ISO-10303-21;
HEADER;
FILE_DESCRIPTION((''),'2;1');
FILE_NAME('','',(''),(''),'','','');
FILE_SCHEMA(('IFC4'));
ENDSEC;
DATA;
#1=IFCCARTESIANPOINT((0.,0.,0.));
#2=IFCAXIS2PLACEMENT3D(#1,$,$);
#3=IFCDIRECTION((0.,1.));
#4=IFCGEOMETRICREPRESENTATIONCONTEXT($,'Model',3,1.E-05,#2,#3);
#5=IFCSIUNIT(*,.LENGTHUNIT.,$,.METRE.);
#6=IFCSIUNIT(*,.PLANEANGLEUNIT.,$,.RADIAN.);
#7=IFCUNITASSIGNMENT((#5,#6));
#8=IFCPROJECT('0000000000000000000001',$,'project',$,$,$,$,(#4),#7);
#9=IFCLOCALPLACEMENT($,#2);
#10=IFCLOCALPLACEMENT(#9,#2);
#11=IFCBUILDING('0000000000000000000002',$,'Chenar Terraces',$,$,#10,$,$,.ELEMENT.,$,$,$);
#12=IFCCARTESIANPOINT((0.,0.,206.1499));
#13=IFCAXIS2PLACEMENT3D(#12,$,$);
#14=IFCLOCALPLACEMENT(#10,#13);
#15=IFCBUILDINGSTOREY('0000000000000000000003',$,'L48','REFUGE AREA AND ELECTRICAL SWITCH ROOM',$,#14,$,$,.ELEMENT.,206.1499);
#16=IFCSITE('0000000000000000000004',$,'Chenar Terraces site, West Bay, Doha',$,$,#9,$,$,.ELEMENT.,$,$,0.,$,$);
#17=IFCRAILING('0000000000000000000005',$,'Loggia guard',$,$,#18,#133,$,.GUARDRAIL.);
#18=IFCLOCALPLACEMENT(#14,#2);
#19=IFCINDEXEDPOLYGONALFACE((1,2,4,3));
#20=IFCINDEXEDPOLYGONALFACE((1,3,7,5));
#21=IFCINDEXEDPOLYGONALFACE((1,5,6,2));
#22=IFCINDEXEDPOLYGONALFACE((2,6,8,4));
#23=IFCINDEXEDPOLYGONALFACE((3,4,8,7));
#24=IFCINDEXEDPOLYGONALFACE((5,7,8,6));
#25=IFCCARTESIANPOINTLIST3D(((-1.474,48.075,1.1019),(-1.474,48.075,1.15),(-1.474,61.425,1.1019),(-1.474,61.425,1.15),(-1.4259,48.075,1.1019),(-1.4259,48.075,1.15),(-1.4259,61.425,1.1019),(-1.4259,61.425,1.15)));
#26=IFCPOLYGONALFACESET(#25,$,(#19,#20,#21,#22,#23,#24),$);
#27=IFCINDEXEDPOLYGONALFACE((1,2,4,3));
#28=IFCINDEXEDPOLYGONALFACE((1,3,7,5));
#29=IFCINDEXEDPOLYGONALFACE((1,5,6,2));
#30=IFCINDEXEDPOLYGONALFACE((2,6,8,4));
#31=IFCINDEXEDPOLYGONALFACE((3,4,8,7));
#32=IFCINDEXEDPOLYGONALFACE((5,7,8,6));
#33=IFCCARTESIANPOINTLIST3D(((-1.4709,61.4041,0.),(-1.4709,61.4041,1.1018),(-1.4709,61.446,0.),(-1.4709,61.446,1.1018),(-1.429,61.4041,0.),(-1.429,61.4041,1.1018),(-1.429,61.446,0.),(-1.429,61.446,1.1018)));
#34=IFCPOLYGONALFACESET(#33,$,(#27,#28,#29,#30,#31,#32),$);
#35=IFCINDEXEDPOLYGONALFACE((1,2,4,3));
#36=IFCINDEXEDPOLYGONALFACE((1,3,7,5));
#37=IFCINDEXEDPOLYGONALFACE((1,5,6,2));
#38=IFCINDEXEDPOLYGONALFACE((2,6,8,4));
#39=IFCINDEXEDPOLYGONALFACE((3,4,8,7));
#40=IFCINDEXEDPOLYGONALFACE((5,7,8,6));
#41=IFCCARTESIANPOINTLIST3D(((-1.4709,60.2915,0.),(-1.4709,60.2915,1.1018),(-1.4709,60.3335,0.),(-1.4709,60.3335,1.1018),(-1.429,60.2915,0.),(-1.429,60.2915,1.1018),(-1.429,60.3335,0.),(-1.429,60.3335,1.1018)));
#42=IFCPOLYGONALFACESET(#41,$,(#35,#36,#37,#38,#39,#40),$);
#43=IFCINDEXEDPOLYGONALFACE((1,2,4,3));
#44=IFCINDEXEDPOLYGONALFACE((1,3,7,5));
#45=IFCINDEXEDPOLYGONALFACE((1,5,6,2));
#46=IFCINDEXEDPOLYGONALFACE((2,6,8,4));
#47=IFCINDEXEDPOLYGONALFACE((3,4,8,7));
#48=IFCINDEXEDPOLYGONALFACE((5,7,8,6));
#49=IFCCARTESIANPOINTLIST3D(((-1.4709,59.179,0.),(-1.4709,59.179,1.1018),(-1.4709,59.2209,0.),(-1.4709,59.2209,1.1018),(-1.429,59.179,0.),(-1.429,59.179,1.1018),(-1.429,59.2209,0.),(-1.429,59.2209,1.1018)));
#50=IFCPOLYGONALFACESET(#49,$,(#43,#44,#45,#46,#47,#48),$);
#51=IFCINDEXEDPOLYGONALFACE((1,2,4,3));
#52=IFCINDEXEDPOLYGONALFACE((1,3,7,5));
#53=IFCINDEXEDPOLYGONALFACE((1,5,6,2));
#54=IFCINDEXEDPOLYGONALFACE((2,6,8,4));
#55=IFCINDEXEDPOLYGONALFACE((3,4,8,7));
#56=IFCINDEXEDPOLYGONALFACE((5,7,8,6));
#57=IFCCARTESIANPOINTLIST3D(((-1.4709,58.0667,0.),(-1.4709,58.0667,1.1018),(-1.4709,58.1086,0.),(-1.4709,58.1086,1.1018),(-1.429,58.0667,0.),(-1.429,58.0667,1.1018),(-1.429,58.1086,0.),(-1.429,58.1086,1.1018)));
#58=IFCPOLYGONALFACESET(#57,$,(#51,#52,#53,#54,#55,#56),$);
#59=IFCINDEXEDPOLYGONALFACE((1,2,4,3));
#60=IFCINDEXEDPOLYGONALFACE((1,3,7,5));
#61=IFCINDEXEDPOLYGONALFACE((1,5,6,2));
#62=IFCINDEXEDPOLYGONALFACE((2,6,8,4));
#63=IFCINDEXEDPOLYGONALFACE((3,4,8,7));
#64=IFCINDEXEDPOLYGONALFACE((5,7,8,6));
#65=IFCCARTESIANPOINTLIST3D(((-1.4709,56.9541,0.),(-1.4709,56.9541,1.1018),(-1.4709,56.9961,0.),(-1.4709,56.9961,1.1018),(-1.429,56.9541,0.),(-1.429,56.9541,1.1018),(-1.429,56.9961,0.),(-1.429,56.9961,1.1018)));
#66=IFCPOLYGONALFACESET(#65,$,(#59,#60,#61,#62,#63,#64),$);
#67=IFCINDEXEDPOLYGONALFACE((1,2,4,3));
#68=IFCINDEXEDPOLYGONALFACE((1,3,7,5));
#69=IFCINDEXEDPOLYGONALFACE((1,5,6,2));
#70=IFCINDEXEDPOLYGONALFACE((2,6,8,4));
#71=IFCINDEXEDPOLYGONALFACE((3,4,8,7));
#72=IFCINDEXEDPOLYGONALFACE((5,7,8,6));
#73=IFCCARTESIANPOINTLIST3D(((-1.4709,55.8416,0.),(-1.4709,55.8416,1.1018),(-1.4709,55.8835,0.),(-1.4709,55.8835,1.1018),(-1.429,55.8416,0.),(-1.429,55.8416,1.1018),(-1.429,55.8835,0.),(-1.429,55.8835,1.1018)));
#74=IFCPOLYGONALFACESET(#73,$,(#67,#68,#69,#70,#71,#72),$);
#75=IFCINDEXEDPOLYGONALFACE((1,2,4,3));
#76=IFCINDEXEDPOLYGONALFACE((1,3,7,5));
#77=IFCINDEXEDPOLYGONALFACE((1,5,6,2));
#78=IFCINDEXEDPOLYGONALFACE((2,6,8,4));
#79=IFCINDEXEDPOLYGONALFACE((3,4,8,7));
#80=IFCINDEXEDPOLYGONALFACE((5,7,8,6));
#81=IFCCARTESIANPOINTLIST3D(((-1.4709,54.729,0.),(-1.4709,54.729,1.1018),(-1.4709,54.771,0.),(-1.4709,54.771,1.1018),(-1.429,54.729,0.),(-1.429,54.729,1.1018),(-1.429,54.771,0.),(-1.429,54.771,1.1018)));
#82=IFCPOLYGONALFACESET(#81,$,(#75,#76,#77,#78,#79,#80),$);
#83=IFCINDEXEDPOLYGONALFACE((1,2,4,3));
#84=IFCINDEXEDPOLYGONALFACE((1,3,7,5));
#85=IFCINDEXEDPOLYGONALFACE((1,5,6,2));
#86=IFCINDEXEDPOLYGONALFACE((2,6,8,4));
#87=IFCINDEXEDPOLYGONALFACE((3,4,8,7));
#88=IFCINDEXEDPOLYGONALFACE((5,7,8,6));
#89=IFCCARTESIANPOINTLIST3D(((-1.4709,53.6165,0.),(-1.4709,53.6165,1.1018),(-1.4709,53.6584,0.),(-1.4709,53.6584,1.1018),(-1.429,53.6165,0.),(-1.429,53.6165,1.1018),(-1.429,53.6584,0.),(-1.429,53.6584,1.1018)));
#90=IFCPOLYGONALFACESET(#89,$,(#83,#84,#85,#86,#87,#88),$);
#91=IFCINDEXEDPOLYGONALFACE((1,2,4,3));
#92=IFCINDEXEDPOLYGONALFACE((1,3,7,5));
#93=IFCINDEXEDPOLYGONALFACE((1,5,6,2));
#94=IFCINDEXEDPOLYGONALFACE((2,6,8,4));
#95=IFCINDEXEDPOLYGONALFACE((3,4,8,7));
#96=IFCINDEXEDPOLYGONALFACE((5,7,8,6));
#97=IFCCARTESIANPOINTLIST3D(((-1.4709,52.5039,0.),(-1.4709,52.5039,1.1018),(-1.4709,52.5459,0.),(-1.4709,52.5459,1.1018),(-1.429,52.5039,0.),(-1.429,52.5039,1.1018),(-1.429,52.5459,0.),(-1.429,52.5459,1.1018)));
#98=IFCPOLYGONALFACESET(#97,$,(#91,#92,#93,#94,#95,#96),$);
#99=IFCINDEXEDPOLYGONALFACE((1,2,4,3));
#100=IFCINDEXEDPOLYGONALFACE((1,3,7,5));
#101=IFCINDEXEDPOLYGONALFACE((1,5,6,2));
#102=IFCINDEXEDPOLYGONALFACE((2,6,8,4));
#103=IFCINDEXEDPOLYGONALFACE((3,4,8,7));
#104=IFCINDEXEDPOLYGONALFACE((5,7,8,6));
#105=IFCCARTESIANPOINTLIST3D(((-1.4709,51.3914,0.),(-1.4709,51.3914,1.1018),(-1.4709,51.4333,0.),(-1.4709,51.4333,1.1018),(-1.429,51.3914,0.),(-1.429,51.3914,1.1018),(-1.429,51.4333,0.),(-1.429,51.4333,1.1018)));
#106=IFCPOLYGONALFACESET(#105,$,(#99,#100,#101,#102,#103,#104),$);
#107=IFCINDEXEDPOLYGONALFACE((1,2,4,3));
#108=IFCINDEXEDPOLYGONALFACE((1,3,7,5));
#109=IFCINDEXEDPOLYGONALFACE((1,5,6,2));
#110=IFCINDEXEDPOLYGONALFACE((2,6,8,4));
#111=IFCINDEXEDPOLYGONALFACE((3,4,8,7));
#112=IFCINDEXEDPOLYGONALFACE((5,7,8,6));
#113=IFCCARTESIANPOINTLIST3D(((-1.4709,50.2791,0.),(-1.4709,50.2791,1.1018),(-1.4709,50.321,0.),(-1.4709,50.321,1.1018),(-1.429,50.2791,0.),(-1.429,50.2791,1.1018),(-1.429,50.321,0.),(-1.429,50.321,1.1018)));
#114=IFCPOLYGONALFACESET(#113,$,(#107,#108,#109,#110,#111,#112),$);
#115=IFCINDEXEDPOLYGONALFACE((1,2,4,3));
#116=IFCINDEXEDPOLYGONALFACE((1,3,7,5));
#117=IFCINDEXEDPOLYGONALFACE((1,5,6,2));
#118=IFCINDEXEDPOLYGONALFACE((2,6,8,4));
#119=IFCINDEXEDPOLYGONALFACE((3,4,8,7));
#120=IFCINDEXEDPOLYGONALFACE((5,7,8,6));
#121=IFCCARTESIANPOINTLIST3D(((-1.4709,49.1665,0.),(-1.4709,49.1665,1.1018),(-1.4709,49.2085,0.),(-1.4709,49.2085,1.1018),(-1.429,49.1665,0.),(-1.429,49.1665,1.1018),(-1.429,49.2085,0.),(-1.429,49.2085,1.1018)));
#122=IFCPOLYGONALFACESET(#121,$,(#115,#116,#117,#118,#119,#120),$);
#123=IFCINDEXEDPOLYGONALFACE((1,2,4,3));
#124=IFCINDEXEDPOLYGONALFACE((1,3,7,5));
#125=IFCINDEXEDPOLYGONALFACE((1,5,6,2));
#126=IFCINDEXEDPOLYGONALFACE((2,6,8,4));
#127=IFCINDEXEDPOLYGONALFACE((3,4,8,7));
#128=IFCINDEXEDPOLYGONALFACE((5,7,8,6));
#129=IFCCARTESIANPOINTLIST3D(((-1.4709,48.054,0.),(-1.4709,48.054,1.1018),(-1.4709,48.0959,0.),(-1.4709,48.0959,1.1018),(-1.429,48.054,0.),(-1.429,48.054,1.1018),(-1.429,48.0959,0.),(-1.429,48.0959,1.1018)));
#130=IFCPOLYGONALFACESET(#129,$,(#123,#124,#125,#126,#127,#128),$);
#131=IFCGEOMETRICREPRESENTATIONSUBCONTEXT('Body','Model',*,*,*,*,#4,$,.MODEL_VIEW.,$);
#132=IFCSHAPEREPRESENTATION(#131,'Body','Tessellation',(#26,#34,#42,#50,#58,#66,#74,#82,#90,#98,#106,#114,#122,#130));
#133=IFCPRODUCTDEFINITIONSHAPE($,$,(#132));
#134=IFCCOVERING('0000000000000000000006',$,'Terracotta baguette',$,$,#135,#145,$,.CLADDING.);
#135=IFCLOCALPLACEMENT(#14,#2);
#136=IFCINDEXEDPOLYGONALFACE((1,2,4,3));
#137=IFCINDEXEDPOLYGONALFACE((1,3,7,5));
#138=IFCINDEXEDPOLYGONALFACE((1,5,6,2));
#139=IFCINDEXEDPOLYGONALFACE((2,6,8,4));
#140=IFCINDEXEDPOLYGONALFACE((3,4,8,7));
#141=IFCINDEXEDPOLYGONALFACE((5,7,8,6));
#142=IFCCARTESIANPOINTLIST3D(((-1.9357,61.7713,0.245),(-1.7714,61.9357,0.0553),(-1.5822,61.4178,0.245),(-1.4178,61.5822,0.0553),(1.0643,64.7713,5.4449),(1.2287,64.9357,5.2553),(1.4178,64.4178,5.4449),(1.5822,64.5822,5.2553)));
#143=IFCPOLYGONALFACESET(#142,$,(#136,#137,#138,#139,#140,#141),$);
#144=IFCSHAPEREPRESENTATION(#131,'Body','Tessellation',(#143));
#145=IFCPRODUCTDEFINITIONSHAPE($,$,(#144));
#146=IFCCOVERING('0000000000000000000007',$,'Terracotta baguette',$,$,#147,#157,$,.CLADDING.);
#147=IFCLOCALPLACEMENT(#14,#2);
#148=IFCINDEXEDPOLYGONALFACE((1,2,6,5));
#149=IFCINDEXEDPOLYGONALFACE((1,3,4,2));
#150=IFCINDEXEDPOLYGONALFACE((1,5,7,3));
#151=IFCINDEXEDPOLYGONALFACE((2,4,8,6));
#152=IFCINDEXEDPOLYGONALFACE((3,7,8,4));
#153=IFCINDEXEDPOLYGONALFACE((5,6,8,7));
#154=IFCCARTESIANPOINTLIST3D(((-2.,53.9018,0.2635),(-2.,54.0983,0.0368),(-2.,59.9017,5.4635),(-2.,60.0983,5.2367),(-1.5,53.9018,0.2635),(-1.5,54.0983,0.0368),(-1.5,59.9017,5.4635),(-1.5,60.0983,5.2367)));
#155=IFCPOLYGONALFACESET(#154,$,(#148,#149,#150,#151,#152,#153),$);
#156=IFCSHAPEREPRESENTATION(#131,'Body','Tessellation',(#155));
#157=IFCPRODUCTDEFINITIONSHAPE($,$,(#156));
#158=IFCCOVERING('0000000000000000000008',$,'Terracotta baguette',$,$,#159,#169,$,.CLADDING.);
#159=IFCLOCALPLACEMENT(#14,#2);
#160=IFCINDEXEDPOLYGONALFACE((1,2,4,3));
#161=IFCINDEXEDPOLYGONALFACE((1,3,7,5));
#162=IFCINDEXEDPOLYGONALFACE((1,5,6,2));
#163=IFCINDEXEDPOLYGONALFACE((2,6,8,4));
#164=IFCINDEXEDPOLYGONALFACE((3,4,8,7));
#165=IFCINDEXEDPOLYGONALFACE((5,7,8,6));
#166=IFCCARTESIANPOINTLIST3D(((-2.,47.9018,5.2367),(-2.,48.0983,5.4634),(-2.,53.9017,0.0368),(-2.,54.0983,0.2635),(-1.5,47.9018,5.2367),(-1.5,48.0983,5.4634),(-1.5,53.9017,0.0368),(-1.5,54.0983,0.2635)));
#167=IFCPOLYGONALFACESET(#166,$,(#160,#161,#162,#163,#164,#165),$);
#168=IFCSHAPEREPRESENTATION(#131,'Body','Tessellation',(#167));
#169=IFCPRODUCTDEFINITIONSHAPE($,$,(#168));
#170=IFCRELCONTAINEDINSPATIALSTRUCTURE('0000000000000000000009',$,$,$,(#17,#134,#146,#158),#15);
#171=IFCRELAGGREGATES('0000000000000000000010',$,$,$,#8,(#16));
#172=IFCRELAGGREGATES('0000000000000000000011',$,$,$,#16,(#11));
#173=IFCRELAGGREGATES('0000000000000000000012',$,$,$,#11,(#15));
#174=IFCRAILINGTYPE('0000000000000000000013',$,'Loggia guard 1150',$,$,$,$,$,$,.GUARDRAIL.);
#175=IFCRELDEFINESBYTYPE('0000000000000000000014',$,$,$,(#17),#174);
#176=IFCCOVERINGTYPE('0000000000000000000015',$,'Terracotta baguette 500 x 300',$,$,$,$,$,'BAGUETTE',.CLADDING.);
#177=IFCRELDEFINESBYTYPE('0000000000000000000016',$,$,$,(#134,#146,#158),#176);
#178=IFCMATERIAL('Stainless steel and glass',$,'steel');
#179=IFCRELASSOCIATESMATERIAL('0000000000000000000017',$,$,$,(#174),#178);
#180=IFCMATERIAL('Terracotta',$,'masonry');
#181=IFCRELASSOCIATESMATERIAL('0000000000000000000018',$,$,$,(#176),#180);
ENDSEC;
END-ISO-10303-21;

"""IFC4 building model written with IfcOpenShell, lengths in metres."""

from ifc_helpers import new_model, si_unit, direction, frame, origin, origin_2d, place, context, subcontext, project, spatial, rectangle, extrude, material, material_profile, profile_set, type_object, element, save


model = new_model("IFC4")

# Units and contexts
model_context = context("Model", 3, precision=1e-05, world=origin(), true_north=direction((0.0, 1.0)))
body_context = subcontext(model_context, "Body", "Model", "MODEL_VIEW")
ifc_project = project(units=[si_unit("LENGTHUNIT", "METRE"), si_unit("PLANEANGLEUNIT", "RADIAN")], contexts=[model_context])

# Site, building, storey
site_placement = place(None, origin())
site = spatial("IfcSite", under=ifc_project, at=site_placement, Name="Chenar Terraces site, West Bay, Doha", CompositionType="ELEMENT", RefElevation=0.0)
building_placement = place(site_placement, origin())
building = spatial("IfcBuilding", under=site, at=building_placement, Name="Chenar Terraces", CompositionType="ELEMENT")
storey_placement = place(building_placement, frame((0.0, 0.0, 206.1499)))
storey = spatial("IfcBuildingStorey", under=building, at=storey_placement, Name="L48", Description="REFUGE AREA AND ELECTRICAL SWITCH ROOM", CompositionType="ELEMENT", Elevation=206.1499)

# Railing
ifc_material_1 = material(Name="Stainless steel and glass", Category="steel")
railing_type = type_object("IfcRailingType", Name="Loggia guard 1150", PredefinedType="GUARDRAIL", material=ifc_material_1)
railing_1_placement = place(storey_placement, frame((-1.45, 61.425, 0.0)))
element("IfcRailing", 1, at=railing_1_placement, inside=storey, type_object=railing_type, Name="Loggia guard", PredefinedType="GUARDRAIL", context=body_context, shape_type="SweptSolid", body=[
    extrude(rectangle(XDim=0.0481, YDim=0.0481, at=origin_2d()), frame((0.0, 0.0, 1.126), z_axis=(0.0, -1.0, 0.0), x_axis=(1.0, 0.0, 0.0)), (0.0, 0.0, 1.0), 13.3501),
    extrude(rectangle(XDim=0.042, YDim=0.042, at=origin_2d()), origin(), (0.0, 0.0, 1.0), 1.1018),
    extrude(rectangle(XDim=0.042, YDim=0.042, at=origin_2d()), frame((0.0, -1.1125, 0.0)), (0.0, 0.0, 1.0), 1.1018),
    extrude(rectangle(XDim=0.042, YDim=0.042, at=origin_2d()), frame((0.0, -2.2251, 0.0)), (0.0, 0.0, 1.0), 1.1018),
    extrude(rectangle(XDim=0.042, YDim=0.042, at=origin_2d()), frame((0.0, -3.3374, 0.0)), (0.0, 0.0, 1.0), 1.1018),
    extrude(rectangle(XDim=0.042, YDim=0.042, at=origin_2d()), frame((0.0, -4.45, 0.0)), (0.0, 0.0, 1.0), 1.1018),
    extrude(rectangle(XDim=0.042, YDim=0.042, at=origin_2d()), frame((0.0, -5.5625, 0.0)), (0.0, 0.0, 1.0), 1.1018),
    extrude(rectangle(XDim=0.042, YDim=0.042, at=origin_2d()), frame((0.0, -6.675, 0.0)), (0.0, 0.0, 1.0), 1.1018),
    extrude(rectangle(XDim=0.042, YDim=0.042, at=origin_2d()), frame((0.0, -7.7876, 0.0)), (0.0, 0.0, 1.0), 1.1018),
    extrude(rectangle(XDim=0.042, YDim=0.042, at=origin_2d()), frame((0.0, -8.9001, 0.0)), (0.0, 0.0, 1.0), 1.1018),
    extrude(rectangle(XDim=0.042, YDim=0.042, at=origin_2d()), frame((0.0, -10.0127, 0.0)), (0.0, 0.0, 1.0), 1.1018),
    extrude(rectangle(XDim=0.042, YDim=0.042, at=origin_2d()), frame((0.0, -11.125, 0.0)), (0.0, 0.0, 1.0), 1.1018),
    extrude(rectangle(XDim=0.042, YDim=0.042, at=origin_2d()), frame((0.0, -12.2375, 0.0)), (0.0, 0.0, 1.0), 1.1018),
    extrude(rectangle(XDim=0.042, YDim=0.042, at=origin_2d()), frame((0.0, -13.3501, 0.0)), (0.0, 0.0, 1.0), 1.1018),
])

# Coverings
ifc_material_2 = material(Name="Terracotta", Category="masonry")
ifc_material_profile_1 = material_profile(ifc_material_2, rectangle(XDim=0.5, YDim=0.3, at=origin_2d()), Name="Terracotta baguette 500 x 300")
ifc_profile_set_1 = profile_set([ifc_material_profile_1], Name="Terracotta")
covering_type = type_object("IfcCoveringType", Name="Terracotta baguette 500 x 300", ElementType="BAGUETTE", PredefinedType="CLADDING", material=ifc_profile_set_1)
covering_placement = place(storey_placement, frame((1.3232, 64.6768, 5.3501), z_axis=(-0.447017, -0.447017, -0.774823), x_axis=(0.707107, -0.707107, 0.0)))
element("IfcCovering", 2, at=covering_placement, inside=storey, type_object=covering_type, Name="Terracotta baguette", PredefinedType="CLADDING", context=body_context, shape_type="SweptSolid", body=[
    extrude(rectangle(XDim=0.5, YDim=0.3, at=origin_2d()), origin(), (0.0, 0.0, 1.0), 6.7112),
])
for number, where, z_axis, x_axis, name in (
    (3, (-1.75, 60.0, 5.3501), (0.0, -0.755692, -0.654927), (1.0, 0.0, 0.0), "Terracotta baguette"),
    (4, (-1.75, 54.0, 0.1501), (0.0, -0.755692, 0.654927), (1.0, 0.0, 0.0), "Terracotta baguette"),
):
    element("IfcCovering", number, at=place(storey_placement, frame(where, z_axis=z_axis, x_axis=x_axis)), inside=storey, type_object=covering_type, Name=name, PredefinedType="CLADDING", context=body_context, shape_type="SweptSolid", body=[
        extrude(rectangle(XDim=0.5, YDim=0.3, at=origin_2d()), origin(), (0.0, 0.0, 1.0), 7.9397),
    ])

save(model, "model.ifc")
